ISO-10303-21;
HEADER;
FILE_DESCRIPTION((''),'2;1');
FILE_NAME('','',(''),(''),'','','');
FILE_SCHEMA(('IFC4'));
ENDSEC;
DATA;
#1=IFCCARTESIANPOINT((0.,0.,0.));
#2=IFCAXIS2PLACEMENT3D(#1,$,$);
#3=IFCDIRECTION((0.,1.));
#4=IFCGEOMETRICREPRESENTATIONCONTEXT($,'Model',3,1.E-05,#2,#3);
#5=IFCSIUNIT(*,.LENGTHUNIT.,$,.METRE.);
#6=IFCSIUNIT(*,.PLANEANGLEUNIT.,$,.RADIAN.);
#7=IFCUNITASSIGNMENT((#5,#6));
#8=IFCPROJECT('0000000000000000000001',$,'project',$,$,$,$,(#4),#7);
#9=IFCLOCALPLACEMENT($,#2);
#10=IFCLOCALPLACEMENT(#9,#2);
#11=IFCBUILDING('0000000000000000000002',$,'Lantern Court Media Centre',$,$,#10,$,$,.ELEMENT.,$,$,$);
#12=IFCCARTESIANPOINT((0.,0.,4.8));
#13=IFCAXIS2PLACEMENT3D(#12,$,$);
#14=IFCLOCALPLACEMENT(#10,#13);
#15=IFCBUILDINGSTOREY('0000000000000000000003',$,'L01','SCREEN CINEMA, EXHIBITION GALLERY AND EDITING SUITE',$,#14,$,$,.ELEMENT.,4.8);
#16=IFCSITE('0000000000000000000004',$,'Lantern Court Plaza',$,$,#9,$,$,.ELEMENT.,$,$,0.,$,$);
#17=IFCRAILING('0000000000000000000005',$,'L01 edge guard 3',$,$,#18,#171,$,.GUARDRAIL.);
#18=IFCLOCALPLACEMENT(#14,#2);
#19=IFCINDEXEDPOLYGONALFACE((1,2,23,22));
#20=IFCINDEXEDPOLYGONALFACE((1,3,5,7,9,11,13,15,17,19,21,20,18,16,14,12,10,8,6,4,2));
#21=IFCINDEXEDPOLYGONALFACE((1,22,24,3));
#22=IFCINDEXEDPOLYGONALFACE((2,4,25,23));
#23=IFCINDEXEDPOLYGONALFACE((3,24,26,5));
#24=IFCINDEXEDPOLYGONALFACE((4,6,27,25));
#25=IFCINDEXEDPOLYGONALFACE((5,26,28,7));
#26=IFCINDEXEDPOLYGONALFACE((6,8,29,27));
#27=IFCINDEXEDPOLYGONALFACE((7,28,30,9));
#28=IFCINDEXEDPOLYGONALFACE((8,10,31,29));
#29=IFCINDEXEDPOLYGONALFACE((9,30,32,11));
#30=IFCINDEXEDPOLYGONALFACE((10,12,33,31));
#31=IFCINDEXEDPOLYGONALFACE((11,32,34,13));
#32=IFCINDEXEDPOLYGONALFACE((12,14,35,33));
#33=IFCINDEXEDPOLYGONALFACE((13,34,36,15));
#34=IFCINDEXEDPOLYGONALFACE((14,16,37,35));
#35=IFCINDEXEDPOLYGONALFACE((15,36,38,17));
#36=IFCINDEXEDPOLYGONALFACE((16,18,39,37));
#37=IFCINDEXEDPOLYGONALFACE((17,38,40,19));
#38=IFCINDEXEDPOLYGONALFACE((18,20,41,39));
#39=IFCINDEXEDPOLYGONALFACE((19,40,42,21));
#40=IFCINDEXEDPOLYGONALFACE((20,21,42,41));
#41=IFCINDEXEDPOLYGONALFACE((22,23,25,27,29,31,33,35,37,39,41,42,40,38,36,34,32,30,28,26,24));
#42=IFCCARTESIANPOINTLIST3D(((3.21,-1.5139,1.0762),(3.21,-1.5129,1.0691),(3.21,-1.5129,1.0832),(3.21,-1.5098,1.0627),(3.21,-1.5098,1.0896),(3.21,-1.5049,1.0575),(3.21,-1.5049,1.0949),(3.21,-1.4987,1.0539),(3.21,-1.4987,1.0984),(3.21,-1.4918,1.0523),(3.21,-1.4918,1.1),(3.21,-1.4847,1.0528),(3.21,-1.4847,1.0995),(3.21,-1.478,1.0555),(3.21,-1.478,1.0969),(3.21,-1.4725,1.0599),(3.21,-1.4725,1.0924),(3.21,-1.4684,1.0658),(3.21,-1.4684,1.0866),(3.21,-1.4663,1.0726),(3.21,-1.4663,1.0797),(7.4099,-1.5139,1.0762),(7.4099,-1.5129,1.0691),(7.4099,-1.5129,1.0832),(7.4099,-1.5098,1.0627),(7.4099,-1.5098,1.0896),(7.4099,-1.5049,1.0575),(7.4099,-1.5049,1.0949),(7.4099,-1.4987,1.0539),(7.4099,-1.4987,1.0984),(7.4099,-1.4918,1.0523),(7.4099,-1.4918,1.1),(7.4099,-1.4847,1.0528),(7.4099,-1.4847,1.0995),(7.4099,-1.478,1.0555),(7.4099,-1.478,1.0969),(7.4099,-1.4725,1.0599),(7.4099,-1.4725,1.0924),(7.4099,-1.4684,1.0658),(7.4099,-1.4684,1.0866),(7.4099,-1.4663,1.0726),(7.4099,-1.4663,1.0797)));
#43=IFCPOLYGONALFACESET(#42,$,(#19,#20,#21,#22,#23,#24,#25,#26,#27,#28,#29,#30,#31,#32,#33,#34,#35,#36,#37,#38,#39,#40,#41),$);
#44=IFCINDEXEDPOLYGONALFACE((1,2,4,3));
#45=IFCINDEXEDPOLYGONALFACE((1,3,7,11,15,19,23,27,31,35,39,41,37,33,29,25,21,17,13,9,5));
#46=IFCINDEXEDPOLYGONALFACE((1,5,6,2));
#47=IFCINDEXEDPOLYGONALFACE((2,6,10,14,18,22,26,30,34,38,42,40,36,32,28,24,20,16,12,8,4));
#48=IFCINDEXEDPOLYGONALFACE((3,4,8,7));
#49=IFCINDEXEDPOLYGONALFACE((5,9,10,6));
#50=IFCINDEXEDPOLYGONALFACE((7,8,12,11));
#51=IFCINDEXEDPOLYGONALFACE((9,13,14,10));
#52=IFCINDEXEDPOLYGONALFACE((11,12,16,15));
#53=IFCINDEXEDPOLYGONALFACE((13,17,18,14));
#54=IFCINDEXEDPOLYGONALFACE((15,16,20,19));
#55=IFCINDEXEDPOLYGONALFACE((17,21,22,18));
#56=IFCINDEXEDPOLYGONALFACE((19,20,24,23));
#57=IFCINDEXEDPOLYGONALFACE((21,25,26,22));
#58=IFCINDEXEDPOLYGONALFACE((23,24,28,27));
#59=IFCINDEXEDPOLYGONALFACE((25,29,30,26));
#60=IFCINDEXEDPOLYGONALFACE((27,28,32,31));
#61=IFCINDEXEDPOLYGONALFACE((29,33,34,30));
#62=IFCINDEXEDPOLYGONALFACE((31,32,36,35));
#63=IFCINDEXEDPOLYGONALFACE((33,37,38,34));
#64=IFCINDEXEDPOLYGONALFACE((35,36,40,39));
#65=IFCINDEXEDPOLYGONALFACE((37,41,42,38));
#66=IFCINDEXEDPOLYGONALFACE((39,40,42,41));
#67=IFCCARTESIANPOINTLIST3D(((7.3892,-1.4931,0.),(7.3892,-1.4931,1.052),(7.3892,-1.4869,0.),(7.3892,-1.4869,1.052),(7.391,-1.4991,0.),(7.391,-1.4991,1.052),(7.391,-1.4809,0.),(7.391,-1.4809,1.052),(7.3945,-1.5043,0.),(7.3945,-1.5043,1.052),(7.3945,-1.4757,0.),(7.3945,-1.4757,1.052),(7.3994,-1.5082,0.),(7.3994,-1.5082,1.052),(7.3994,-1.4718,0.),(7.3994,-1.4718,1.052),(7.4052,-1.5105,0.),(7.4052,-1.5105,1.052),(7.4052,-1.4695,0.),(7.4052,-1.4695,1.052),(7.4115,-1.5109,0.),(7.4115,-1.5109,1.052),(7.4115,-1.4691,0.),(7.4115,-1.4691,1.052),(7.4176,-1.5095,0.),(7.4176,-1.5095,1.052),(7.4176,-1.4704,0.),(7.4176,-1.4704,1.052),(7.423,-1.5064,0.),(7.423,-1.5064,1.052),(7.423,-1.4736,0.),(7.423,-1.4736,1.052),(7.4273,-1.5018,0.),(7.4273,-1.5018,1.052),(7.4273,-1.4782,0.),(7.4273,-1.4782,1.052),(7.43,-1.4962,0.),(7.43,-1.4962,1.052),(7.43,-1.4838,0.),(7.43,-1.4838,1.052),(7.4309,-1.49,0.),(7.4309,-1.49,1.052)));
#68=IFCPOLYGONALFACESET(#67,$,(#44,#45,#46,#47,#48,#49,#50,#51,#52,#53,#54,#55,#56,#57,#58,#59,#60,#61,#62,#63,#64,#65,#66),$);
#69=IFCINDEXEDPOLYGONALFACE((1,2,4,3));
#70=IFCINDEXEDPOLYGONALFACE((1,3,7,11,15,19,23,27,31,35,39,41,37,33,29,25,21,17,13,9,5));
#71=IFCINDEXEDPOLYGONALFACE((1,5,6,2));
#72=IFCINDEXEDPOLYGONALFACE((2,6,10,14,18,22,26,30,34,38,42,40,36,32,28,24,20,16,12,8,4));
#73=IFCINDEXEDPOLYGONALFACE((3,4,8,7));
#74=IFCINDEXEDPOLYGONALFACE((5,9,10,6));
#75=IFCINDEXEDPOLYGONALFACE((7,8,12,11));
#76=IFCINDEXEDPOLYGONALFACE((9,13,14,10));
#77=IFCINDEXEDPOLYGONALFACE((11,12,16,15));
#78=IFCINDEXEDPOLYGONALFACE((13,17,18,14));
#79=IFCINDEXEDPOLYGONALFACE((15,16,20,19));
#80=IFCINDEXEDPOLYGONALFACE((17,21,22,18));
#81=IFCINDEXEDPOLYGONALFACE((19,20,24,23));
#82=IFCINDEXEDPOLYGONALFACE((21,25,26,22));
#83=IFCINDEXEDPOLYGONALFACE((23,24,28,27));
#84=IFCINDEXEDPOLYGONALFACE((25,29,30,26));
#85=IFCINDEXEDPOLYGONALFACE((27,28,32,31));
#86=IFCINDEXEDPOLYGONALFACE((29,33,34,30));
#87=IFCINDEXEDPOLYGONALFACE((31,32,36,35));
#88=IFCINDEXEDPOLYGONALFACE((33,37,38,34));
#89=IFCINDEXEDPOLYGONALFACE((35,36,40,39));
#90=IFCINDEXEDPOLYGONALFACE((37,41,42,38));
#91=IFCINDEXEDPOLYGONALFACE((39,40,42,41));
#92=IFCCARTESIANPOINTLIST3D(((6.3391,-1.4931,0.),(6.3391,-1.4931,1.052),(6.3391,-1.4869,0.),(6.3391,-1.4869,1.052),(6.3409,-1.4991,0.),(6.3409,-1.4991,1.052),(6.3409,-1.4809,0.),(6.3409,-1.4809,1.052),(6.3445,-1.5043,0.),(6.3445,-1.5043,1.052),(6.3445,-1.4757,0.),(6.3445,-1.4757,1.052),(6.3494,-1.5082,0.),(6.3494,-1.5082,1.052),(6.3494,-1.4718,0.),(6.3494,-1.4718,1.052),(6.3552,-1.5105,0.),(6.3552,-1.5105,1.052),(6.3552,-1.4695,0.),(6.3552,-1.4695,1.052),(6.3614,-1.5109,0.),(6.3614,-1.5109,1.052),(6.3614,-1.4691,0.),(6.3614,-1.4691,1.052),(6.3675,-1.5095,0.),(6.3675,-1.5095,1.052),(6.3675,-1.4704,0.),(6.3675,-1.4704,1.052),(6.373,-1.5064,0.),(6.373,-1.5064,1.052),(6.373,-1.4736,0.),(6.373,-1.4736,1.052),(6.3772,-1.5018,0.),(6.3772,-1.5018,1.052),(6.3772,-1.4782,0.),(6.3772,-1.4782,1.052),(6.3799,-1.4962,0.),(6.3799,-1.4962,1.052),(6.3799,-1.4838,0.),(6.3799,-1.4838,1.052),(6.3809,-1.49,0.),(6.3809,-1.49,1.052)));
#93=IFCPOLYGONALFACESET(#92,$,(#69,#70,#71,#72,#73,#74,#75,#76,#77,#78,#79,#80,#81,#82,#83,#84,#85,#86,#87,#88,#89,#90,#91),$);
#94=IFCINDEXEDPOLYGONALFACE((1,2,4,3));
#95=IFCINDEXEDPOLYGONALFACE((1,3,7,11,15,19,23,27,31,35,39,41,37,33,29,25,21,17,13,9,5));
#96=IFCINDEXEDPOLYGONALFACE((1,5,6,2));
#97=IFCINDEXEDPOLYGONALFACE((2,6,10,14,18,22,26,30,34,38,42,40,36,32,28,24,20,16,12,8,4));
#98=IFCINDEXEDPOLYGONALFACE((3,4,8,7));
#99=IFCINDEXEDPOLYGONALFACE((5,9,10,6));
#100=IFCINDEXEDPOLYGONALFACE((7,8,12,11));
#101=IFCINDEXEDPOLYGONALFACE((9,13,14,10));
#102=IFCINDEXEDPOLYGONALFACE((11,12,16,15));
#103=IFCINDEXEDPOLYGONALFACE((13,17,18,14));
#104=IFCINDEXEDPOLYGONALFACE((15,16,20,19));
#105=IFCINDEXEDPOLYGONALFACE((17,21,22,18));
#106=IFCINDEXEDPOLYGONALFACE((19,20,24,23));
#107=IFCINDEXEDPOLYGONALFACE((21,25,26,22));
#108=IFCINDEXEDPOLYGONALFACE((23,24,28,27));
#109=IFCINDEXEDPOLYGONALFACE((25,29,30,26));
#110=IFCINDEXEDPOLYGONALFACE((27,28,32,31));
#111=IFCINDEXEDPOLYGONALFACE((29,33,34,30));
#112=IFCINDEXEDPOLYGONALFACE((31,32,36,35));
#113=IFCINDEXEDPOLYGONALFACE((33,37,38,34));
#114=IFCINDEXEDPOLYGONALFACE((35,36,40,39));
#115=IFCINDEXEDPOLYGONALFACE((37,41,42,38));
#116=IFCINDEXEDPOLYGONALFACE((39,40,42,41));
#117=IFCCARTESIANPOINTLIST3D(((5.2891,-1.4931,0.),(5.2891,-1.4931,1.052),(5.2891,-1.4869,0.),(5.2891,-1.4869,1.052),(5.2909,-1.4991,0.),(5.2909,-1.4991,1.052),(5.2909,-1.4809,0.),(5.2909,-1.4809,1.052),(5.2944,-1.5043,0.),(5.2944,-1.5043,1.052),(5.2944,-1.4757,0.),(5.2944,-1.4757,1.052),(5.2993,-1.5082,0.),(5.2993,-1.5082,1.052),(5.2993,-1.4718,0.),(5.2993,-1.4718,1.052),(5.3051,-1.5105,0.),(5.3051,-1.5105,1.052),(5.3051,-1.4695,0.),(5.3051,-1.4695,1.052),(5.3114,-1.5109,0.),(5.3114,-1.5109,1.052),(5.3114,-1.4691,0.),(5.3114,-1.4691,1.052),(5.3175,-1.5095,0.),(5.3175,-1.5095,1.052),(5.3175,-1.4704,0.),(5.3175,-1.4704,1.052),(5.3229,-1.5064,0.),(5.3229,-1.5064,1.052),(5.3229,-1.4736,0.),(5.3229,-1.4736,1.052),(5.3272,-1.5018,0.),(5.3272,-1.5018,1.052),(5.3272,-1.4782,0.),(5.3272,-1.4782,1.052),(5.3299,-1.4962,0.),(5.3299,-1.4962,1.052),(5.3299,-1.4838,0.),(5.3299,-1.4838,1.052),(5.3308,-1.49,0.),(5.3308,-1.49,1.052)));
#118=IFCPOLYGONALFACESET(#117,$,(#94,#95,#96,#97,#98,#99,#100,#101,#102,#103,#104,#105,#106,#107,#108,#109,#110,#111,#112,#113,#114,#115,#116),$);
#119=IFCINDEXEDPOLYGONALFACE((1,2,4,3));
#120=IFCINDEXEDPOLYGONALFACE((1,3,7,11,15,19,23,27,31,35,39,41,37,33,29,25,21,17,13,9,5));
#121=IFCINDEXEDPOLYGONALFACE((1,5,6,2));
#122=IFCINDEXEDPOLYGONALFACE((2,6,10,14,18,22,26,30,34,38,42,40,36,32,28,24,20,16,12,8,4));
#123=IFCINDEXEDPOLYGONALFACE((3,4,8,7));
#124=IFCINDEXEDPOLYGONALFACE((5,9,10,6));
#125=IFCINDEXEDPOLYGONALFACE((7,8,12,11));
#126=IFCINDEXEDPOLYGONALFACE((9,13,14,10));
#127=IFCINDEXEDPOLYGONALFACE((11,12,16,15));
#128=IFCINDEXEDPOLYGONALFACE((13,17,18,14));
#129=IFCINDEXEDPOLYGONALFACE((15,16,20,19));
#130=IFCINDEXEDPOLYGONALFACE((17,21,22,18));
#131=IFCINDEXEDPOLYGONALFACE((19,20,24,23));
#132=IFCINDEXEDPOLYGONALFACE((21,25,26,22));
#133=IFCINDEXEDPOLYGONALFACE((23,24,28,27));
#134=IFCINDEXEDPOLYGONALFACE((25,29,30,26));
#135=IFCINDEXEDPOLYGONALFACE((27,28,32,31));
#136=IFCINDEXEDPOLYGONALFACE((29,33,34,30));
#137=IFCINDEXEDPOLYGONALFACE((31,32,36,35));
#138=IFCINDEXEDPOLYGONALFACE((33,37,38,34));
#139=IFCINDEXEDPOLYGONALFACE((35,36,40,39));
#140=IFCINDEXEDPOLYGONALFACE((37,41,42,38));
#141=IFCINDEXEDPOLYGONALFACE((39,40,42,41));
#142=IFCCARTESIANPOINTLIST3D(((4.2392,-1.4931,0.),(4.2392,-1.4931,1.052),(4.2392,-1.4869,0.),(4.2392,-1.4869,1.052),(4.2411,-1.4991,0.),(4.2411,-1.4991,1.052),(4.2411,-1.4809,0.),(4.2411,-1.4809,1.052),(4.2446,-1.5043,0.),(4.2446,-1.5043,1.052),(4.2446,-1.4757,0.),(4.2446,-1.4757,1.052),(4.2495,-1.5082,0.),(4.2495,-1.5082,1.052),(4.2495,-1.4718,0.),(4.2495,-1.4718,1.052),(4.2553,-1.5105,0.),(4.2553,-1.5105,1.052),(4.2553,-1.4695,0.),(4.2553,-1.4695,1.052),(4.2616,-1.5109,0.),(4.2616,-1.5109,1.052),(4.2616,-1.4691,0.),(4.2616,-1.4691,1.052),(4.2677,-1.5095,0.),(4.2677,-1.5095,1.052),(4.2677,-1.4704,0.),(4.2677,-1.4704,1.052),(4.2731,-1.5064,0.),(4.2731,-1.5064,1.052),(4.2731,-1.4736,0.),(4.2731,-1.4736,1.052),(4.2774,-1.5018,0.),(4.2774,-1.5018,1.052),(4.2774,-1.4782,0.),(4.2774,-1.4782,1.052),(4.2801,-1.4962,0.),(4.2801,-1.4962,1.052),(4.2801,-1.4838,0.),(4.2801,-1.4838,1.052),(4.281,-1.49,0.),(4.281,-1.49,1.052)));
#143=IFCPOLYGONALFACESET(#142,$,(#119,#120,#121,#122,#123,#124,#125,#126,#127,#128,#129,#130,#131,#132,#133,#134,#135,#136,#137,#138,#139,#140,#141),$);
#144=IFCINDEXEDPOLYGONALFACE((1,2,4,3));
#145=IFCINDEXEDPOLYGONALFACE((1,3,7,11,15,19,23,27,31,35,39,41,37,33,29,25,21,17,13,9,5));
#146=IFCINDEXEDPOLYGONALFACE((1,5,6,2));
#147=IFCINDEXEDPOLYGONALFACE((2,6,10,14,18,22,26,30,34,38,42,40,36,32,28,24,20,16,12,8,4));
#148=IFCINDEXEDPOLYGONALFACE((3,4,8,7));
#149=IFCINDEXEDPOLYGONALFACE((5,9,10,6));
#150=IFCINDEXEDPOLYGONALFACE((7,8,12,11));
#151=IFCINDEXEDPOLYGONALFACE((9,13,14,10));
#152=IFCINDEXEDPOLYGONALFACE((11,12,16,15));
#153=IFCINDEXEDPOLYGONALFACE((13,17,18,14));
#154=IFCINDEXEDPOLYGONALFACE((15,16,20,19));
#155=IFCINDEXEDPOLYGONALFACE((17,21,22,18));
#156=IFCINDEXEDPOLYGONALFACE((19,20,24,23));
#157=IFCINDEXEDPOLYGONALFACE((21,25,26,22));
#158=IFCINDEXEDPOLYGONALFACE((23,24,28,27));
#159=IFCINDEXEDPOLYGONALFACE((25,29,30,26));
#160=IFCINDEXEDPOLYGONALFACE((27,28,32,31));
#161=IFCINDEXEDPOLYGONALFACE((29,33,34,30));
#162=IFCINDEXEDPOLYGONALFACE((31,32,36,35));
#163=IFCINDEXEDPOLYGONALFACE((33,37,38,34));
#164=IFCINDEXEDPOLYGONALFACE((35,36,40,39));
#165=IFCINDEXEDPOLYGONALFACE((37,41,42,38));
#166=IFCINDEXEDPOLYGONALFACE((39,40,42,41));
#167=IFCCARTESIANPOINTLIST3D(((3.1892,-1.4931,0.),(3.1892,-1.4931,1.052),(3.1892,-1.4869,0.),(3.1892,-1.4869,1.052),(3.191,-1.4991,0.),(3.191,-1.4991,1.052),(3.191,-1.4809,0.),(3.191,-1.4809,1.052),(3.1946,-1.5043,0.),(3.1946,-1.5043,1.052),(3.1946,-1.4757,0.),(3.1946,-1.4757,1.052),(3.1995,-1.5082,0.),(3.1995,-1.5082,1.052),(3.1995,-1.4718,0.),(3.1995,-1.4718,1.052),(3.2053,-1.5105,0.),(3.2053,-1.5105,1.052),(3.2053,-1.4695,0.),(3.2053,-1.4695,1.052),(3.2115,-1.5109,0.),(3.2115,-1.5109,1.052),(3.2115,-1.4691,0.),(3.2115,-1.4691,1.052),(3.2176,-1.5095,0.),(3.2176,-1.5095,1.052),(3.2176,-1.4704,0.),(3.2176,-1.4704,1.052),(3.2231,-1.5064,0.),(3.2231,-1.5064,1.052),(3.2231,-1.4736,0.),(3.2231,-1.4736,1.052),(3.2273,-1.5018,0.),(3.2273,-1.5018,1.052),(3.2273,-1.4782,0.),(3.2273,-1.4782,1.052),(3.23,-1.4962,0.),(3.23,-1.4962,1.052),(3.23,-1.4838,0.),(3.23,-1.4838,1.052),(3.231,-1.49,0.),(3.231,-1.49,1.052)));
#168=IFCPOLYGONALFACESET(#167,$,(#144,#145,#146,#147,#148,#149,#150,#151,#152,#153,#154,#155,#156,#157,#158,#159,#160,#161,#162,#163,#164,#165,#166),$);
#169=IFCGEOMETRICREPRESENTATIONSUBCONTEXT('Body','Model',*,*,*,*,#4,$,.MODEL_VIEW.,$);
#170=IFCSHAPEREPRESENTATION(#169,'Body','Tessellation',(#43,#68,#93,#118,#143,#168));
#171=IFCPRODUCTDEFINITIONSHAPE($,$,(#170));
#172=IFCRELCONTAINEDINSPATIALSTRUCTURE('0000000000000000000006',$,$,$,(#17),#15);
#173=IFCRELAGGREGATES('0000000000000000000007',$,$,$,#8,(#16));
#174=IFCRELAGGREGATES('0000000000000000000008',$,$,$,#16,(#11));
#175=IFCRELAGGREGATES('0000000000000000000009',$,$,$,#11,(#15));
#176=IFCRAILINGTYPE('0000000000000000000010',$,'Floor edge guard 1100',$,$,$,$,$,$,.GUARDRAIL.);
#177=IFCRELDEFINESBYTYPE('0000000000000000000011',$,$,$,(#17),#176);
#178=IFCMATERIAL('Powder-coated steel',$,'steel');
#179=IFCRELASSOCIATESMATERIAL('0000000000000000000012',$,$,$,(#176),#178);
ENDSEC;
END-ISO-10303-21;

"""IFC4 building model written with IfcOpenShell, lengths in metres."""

from ifc_helpers import new_model, si_unit, direction, frame, origin, origin_2d, place, context, subcontext, project, spatial, circle, extrude, material, type_object, element, save


model = new_model("IFC4")

# Units and contexts
model_context = context("Model", 3, precision=1e-05, world=origin(), true_north=direction((0.0, 1.0)))
body_context = subcontext(model_context, "Body", "Model", "MODEL_VIEW")
ifc_project = project(units=[si_unit("LENGTHUNIT", "METRE"), si_unit("PLANEANGLEUNIT", "RADIAN")], contexts=[model_context])

# Site, building, storey
site_placement = place(None, origin())
site = spatial("IfcSite", under=ifc_project, at=site_placement, Name="Lantern Court Plaza", CompositionType="ELEMENT", RefElevation=0.0)
building_placement = place(site_placement, origin())
building = spatial("IfcBuilding", under=site, at=building_placement, Name="Lantern Court Media Centre", CompositionType="ELEMENT")
storey_placement = place(building_placement, frame((0.0, 0.0, 4.8)))
storey = spatial("IfcBuildingStorey", under=building, at=storey_placement, Name="L01", Description="SCREEN CINEMA, EXHIBITION GALLERY AND EDITING SUITE", CompositionType="ELEMENT", Elevation=4.8)

# Railing
ifc_material_1 = material(Name="Powder-coated steel", Category="steel")
railing_type = type_object("IfcRailingType", Name="Floor edge guard 1100", PredefinedType="GUARDRAIL", material=ifc_material_1)
railing_placement = place(storey_placement, frame((7.4099, -1.49, 0.0)))
element("IfcRailing", 1, at=railing_placement, inside=storey, type_object=railing_type, Name="L01 edge guard 3", PredefinedType="GUARDRAIL", context=body_context, shape_type="SweptSolid", body=[
    extrude(circle(Radius=0.0239, at=origin_2d()), frame((0.0, 0.0, 1.0762), z_axis=(-1.0, 0.0, 0.0), x_axis=(0.0, -1.0, 0.0)), (0.0, 0.0, 1.0), 4.2),
    extrude(circle(Radius=0.021, at=origin_2d()), origin(), (0.0, 0.0, 1.0), 1.052),
    extrude(circle(Radius=0.021, at=origin_2d()), frame((-1.05, 0.0, 0.0)), (0.0, 0.0, 1.0), 1.052),
    extrude(circle(Radius=0.021, at=origin_2d()), frame((-2.1001, 0.0, 0.0)), (0.0, 0.0, 1.0), 1.052),
    extrude(circle(Radius=0.021, at=origin_2d()), frame((-3.1499, 0.0, 0.0)), (0.0, 0.0, 1.0), 1.052),
    extrude(circle(Radius=0.021, at=origin_2d()), frame((-4.2, 0.0, 0.0)), (0.0, 0.0, 1.0), 1.052),
])

save(model, "model.ifc")
